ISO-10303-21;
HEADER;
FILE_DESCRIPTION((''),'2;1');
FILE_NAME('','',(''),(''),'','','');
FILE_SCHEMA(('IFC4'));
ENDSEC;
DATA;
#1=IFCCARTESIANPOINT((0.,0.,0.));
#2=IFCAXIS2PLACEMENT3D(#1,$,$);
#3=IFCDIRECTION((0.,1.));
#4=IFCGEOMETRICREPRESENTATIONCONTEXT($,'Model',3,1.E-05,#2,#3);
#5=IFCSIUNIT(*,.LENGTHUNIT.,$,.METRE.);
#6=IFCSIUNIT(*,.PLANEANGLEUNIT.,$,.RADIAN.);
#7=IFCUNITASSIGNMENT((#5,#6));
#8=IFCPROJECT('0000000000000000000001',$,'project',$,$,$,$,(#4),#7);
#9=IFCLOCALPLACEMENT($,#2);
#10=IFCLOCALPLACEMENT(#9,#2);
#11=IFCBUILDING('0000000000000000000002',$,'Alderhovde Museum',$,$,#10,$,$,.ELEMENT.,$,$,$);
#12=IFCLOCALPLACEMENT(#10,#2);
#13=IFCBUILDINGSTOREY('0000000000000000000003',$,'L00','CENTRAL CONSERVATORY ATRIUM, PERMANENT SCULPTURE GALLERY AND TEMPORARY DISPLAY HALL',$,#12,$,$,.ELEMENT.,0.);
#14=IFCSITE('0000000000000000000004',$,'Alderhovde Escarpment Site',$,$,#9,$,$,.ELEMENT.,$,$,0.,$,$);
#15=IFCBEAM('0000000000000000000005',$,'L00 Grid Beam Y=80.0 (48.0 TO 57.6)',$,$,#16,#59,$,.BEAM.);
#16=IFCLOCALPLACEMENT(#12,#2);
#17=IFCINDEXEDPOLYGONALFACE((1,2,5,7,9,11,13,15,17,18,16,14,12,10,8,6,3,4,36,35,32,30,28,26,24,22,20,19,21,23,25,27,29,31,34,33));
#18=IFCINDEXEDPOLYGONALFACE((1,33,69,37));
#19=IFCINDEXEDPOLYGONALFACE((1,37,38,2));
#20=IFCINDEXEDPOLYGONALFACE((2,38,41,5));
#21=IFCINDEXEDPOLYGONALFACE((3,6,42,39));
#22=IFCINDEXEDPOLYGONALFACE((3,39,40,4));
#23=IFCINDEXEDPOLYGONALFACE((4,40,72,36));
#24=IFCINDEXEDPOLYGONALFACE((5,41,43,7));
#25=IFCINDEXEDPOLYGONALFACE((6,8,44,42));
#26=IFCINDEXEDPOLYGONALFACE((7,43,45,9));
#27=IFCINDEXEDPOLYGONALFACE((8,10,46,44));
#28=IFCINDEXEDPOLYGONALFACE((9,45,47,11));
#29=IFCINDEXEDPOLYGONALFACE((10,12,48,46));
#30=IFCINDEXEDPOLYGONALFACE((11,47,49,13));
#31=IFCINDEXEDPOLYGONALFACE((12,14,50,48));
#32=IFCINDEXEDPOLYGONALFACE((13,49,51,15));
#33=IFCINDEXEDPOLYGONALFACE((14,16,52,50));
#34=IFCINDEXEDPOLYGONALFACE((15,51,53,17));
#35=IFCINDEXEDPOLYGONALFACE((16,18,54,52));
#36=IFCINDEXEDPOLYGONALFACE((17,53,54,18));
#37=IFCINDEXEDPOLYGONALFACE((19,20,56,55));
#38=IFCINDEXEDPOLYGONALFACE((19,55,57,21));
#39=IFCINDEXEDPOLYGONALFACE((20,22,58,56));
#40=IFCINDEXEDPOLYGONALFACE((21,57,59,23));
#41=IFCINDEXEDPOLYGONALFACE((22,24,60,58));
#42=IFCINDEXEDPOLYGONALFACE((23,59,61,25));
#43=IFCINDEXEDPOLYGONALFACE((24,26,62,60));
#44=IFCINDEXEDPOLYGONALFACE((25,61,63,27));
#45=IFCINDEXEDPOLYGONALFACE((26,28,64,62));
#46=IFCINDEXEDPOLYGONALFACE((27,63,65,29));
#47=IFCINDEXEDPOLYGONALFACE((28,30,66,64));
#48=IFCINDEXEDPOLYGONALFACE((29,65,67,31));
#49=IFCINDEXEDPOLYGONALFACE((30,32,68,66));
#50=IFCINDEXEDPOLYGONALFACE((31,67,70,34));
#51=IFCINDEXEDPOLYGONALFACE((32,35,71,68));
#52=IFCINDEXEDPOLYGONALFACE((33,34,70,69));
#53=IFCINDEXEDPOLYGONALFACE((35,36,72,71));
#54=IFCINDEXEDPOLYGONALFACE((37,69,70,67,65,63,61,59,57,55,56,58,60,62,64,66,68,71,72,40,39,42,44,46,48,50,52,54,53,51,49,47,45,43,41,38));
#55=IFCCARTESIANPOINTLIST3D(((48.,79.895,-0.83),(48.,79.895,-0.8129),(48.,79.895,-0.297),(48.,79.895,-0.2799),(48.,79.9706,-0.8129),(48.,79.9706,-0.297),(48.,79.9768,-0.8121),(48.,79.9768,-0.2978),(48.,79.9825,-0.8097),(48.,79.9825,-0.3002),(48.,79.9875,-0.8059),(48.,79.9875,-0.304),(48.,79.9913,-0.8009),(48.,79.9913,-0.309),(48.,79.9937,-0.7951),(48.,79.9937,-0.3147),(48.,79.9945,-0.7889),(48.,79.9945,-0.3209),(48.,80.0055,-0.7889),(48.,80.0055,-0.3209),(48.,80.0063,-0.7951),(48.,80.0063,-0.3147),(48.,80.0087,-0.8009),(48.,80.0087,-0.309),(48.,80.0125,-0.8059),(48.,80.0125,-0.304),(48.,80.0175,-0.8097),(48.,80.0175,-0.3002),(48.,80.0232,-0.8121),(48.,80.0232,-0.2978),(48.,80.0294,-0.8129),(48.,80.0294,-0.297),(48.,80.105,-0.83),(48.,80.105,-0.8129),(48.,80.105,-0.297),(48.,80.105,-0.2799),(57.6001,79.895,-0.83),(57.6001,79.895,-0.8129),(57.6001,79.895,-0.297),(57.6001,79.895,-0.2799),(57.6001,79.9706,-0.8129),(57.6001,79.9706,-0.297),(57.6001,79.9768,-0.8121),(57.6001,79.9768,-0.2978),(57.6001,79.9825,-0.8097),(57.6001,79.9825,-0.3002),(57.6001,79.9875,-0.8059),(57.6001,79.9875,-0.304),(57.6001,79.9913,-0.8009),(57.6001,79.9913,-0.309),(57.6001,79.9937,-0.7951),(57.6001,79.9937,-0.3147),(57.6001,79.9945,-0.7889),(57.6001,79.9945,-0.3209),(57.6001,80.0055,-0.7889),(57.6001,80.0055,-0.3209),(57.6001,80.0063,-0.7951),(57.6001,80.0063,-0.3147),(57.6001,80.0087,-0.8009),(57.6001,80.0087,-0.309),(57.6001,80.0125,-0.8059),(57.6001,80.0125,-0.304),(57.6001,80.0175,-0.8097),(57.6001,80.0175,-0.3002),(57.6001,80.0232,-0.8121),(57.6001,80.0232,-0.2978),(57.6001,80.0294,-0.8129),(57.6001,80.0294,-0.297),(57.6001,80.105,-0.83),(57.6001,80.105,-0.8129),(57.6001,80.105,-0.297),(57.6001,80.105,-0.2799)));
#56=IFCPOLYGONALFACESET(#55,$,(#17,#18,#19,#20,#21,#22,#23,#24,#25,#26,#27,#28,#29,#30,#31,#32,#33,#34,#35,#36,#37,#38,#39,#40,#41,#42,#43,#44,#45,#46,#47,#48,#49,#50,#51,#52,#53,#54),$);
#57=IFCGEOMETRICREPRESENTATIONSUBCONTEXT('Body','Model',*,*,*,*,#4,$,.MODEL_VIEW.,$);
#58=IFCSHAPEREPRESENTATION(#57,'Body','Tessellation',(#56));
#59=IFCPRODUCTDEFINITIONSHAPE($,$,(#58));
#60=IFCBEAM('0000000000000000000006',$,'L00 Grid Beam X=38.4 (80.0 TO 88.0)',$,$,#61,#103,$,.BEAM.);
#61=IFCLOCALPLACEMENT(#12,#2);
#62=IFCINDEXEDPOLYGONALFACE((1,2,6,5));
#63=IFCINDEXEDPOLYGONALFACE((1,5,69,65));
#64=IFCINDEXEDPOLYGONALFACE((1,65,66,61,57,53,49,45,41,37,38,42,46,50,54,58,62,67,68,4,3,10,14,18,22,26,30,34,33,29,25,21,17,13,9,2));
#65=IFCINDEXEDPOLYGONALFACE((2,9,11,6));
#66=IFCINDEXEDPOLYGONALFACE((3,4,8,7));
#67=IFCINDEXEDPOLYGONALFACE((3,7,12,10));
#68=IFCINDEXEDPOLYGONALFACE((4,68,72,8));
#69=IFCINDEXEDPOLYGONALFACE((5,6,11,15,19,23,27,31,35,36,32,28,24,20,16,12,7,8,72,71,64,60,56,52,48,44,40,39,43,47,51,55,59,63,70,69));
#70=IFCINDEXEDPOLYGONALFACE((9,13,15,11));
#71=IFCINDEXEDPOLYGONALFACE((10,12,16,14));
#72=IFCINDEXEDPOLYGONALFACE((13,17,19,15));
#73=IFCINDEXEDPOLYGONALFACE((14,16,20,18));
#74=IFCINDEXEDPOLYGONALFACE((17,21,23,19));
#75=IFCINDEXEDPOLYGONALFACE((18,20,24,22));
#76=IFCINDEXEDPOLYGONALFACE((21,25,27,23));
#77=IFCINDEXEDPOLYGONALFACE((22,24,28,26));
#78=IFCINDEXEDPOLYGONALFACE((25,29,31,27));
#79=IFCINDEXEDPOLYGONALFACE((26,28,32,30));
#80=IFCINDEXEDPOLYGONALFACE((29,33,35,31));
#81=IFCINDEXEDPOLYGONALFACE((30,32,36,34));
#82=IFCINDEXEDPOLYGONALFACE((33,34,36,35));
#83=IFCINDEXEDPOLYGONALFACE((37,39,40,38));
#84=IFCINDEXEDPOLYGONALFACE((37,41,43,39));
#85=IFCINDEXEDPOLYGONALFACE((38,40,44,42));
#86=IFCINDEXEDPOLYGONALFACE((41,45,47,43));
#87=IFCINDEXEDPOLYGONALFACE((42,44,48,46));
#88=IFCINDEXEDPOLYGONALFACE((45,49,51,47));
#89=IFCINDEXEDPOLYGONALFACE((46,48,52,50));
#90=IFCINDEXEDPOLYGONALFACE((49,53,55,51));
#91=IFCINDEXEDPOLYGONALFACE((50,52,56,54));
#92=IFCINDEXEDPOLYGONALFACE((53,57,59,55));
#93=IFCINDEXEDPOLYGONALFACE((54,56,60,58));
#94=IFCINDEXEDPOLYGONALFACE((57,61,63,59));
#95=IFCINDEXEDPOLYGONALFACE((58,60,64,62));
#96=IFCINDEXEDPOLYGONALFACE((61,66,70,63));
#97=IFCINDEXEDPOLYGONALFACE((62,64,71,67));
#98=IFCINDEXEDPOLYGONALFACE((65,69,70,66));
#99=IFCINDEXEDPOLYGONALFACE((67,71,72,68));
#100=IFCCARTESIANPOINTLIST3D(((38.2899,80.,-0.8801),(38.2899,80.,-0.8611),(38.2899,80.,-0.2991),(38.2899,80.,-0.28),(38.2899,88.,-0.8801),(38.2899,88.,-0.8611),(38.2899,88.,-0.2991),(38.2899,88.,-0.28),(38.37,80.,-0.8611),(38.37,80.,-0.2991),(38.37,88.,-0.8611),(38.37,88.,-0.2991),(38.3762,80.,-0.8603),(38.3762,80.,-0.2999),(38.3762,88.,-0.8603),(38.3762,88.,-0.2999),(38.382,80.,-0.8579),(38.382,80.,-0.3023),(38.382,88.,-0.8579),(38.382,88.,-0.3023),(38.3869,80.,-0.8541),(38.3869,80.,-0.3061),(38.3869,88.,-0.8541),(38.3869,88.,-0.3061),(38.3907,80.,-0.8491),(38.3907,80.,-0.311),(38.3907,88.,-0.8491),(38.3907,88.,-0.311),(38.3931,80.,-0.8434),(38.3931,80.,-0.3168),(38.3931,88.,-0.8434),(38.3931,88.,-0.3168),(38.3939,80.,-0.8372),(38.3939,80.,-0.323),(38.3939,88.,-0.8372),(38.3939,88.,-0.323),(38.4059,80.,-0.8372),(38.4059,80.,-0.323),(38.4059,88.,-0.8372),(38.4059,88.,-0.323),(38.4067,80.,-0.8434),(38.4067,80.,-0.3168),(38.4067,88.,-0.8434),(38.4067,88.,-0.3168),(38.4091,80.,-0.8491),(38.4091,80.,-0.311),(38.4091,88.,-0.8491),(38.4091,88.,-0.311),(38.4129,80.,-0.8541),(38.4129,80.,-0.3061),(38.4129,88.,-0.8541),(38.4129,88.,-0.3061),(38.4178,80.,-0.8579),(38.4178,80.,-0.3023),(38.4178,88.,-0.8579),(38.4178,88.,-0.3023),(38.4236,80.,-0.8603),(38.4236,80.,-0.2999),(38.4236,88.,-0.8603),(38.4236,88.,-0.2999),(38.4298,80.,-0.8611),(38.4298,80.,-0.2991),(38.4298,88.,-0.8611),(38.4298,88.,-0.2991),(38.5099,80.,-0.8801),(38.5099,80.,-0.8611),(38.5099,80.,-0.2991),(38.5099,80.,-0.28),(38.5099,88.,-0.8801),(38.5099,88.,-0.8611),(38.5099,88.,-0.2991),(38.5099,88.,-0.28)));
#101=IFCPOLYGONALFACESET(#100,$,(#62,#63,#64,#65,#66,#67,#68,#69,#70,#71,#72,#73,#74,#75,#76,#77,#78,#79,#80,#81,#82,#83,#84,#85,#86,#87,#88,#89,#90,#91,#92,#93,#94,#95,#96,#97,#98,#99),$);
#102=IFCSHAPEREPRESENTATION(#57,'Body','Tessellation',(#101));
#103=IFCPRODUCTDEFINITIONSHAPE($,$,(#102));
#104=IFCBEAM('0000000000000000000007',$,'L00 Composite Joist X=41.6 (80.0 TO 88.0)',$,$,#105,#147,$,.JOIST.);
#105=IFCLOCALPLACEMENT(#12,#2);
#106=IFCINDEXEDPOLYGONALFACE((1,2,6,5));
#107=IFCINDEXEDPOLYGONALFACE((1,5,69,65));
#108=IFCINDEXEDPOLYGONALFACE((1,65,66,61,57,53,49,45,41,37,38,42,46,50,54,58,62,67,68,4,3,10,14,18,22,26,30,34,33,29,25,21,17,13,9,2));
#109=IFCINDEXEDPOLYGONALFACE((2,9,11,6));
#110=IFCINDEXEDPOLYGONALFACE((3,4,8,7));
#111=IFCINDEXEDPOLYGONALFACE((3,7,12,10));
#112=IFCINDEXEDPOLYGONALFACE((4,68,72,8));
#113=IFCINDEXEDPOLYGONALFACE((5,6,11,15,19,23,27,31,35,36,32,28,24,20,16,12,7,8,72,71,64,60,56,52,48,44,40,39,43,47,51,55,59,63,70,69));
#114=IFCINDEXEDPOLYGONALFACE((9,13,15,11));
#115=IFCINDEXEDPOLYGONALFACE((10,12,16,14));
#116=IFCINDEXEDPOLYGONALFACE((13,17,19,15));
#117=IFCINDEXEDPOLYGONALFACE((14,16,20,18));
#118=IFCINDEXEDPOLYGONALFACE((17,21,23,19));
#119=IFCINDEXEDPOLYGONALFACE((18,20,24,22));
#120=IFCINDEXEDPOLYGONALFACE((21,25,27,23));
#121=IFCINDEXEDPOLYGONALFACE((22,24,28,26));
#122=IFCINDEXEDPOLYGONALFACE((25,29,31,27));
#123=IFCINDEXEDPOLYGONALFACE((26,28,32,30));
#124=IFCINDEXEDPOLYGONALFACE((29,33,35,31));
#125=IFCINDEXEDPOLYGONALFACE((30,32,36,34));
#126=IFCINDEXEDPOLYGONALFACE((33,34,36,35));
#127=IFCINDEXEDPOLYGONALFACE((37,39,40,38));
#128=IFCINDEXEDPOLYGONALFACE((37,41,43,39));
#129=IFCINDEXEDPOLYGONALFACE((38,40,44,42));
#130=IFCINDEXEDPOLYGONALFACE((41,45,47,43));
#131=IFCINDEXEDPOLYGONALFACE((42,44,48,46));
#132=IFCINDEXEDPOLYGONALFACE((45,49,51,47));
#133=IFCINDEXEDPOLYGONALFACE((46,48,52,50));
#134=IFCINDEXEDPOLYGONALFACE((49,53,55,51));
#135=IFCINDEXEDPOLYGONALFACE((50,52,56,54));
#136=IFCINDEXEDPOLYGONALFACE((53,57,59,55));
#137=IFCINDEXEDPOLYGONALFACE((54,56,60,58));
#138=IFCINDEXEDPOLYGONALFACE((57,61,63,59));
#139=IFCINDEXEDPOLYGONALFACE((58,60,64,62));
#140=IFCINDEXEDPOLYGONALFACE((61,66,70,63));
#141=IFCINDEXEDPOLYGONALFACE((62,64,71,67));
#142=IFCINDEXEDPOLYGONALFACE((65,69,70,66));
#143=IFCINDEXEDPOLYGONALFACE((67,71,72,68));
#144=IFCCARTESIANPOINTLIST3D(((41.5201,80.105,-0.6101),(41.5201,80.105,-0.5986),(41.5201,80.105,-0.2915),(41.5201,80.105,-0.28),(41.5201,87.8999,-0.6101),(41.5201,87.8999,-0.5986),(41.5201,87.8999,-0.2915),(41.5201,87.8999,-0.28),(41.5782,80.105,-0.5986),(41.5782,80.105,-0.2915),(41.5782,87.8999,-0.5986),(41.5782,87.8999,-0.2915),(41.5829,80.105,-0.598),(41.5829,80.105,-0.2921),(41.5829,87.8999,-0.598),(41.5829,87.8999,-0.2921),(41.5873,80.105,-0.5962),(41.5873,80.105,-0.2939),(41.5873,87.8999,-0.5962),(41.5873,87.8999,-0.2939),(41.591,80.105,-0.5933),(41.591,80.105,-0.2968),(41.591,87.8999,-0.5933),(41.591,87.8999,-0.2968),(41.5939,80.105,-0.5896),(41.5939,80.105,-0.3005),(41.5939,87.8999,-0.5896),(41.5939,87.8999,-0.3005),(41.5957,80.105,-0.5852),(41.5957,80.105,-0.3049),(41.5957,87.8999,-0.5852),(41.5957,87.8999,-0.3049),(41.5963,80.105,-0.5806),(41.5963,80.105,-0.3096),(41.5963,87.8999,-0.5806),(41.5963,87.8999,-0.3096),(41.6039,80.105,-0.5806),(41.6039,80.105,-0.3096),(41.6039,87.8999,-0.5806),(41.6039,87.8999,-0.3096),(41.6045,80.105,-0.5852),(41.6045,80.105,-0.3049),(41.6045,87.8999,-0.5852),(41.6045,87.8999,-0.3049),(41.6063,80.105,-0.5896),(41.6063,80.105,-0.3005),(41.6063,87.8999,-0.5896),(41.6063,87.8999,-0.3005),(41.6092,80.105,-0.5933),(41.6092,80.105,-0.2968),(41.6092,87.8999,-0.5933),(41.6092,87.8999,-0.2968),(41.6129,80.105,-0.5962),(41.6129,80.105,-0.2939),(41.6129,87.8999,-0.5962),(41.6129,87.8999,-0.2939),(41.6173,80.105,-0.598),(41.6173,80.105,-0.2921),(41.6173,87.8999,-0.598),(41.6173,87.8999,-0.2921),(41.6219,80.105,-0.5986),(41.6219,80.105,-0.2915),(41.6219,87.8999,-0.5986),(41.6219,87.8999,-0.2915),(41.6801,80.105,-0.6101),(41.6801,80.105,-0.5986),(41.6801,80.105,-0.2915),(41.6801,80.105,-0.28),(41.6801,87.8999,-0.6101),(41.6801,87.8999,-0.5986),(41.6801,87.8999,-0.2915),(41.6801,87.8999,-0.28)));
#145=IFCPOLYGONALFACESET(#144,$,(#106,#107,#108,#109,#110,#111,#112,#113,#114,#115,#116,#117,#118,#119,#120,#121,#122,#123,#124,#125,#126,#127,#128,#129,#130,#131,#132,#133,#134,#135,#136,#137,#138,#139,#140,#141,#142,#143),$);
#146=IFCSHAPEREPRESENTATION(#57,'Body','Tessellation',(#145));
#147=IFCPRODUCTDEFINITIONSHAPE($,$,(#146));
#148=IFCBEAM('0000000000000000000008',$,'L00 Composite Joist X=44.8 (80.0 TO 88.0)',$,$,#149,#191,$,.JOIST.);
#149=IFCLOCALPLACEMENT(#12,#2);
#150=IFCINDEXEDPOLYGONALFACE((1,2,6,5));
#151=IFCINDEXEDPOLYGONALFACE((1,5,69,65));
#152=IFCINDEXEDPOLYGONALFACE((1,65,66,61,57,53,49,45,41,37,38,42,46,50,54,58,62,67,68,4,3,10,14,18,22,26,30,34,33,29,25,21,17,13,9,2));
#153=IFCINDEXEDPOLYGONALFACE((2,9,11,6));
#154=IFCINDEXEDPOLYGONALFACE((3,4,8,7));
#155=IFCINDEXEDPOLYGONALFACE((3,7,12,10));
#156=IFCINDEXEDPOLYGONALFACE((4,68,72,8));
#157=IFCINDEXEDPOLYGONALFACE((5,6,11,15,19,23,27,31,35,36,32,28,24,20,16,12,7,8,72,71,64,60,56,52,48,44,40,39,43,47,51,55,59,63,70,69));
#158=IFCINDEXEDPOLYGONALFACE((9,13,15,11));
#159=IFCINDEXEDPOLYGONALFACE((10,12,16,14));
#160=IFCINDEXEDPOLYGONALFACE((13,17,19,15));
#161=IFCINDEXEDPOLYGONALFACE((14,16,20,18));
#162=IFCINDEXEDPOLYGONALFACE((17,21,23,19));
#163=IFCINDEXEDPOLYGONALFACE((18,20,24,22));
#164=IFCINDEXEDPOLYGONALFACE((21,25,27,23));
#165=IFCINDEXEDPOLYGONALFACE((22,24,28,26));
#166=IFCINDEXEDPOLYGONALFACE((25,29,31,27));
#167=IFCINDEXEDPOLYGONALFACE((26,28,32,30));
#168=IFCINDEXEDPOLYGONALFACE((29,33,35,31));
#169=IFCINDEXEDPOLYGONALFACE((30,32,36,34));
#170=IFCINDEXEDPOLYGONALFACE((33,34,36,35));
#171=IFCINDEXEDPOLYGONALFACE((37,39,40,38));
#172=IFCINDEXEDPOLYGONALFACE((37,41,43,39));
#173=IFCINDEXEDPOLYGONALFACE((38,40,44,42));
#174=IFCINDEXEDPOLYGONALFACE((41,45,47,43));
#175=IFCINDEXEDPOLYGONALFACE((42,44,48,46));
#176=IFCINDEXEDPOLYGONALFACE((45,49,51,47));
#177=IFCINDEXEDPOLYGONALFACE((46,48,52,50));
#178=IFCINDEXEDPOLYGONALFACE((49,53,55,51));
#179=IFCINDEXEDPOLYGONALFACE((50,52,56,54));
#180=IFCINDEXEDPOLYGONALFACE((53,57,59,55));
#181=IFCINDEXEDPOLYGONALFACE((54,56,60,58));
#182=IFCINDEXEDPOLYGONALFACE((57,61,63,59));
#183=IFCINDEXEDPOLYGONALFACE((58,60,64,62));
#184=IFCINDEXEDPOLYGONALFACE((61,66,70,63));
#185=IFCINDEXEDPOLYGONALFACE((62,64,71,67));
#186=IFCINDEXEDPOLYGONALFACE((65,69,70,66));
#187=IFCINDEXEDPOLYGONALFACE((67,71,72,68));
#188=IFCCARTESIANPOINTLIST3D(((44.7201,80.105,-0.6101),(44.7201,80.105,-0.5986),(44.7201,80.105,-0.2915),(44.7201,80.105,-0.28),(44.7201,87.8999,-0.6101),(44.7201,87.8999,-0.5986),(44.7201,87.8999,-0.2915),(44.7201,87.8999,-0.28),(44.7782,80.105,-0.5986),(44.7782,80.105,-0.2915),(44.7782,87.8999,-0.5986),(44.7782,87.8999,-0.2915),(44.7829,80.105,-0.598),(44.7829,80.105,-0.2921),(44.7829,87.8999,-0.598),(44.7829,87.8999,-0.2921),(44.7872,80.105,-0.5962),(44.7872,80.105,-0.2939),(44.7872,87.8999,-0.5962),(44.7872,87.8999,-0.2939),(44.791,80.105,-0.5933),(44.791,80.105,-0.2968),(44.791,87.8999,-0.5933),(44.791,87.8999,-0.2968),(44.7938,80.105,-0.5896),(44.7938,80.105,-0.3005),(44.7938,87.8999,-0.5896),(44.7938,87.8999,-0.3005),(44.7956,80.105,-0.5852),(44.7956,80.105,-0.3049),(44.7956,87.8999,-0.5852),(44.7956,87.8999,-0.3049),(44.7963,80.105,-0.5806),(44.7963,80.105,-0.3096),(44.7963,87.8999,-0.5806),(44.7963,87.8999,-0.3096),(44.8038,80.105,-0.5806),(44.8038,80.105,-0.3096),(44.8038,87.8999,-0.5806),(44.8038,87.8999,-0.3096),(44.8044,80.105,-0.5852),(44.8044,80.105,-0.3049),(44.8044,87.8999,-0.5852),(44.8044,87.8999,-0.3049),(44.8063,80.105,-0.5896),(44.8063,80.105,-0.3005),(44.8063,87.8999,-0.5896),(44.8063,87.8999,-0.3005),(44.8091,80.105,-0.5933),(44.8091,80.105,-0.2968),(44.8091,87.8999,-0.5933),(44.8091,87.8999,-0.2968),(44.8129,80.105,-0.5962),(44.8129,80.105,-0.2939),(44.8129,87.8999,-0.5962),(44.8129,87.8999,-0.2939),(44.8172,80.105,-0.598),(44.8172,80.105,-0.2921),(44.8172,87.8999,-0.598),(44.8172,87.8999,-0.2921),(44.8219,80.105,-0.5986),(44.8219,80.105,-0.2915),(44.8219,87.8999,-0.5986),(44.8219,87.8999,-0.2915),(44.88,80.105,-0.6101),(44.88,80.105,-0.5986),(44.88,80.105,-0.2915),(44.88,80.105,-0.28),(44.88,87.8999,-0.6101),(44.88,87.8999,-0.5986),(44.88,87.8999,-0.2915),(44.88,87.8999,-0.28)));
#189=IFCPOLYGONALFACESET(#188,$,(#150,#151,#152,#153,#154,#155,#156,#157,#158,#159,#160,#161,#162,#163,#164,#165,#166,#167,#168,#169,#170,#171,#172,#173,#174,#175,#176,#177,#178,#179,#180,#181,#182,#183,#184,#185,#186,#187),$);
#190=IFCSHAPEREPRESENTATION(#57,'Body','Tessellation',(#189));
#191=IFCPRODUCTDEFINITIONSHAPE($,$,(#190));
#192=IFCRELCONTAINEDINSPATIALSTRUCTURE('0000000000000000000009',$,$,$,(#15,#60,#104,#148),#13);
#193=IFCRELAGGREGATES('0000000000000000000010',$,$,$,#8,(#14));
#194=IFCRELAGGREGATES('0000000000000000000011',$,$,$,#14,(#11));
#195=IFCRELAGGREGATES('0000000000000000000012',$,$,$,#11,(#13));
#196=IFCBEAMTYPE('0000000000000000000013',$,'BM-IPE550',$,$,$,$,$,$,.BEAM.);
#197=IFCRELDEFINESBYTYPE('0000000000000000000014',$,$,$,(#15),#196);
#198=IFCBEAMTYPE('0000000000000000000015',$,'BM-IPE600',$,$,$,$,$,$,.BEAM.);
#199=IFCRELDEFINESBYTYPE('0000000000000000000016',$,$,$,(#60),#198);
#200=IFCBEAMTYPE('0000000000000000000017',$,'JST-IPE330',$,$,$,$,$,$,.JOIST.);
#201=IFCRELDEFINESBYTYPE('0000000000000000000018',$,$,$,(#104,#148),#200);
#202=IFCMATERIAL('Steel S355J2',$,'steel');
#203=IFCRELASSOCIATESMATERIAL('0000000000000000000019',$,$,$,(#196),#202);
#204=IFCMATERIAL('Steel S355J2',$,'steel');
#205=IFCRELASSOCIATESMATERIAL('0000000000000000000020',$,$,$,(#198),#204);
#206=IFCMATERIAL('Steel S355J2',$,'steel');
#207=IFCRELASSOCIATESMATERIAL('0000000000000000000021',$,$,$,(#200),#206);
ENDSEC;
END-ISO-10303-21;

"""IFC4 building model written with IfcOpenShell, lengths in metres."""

from ifc_helpers import new_model, si_unit, direction, frame, origin, origin_2d, place, context, subcontext, project, spatial, i_section, extrude, material, material_profile, profile_set, type_object, element, save


model = new_model("IFC4")

# Units and contexts
model_context = context("Model", 3, precision=1e-05, world=origin(), true_north=direction((0.0, 1.0)))
body_context = subcontext(model_context, "Body", "Model", "MODEL_VIEW")
ifc_project = project(units=[si_unit("LENGTHUNIT", "METRE"), si_unit("PLANEANGLEUNIT", "RADIAN")], contexts=[model_context])

# Site, building, storey
site_placement = place(None, origin())
site = spatial("IfcSite", under=ifc_project, at=site_placement, Name="Alderhovde Escarpment Site", CompositionType="ELEMENT", RefElevation=0.0)
building_placement = place(site_placement, origin())
building = spatial("IfcBuilding", under=site, at=building_placement, Name="Alderhovde Museum", CompositionType="ELEMENT")
storey_placement = place(building_placement, origin())
storey = spatial("IfcBuildingStorey", under=building, at=storey_placement, Name="L00", Description="CENTRAL CONSERVATORY ATRIUM, PERMANENT SCULPTURE GALLERY AND TEMPORARY DISPLAY HALL", CompositionType="ELEMENT", Elevation=0.0)

# Beams
ifc_material_1 = material(Name="Steel S355J2", Category="steel")
ifc_material_profile_1 = material_profile(ifc_material_1, i_section(OverallWidth=0.21, OverallDepth=0.55, WebThickness=0.011, FlangeThickness=0.0171, FilletRadius=0.0239, at=origin_2d()), Name="IPE 550")
ifc_profile_set_1 = profile_set([ifc_material_profile_1], Name="Steel S355J2")
beam_type_1 = type_object("IfcBeamType", Name="BM-IPE550", PredefinedType="BEAM", material=ifc_profile_set_1)
for number, where, z_axis, x_axis, name in (
    (1, (48.0, 80.0, -0.5549), (1.0, 0.0, 0.0), (0.0, 1.0, 0.0), "L00 Grid Beam Y=80.0 (48.0 TO 57.6)"),
):
    element("IfcBeam", number, at=place(storey_placement, frame(where, z_axis=z_axis, x_axis=x_axis)), inside=storey, type_object=beam_type_1, Name=name, PredefinedType="BEAM", context=body_context, shape_type="SweptSolid", body=[
        extrude(i_section(OverallWidth=0.21, OverallDepth=0.55, WebThickness=0.011, FlangeThickness=0.0171, FilletRadius=0.0239, at=origin_2d()), origin(), (0.0, 0.0, 1.0), 9.6001),
    ])
ifc_material_2 = material(Name="Steel S355J2", Category="steel")
ifc_material_profile_2 = material_profile(ifc_material_2, i_section(OverallWidth=0.22, OverallDepth=0.6001, WebThickness=0.012, FlangeThickness=0.019, FilletRadius=0.0239, at=origin_2d()), Name="IPE 600")
ifc_profile_set_2 = profile_set([ifc_material_profile_2], Name="Steel S355J2")
beam_type_2 = type_object("IfcBeamType", Name="BM-IPE600", PredefinedType="BEAM", material=ifc_profile_set_2)
beam_1_placement = place(storey_placement, frame((38.3999, 80.0, -0.5801), z_axis=(0.0, 1.0, 0.0), x_axis=(-1.0, 0.0, 0.0)))
element("IfcBeam", 2, at=beam_1_placement, inside=storey, type_object=beam_type_2, Name="L00 Grid Beam X=38.4 (80.0 TO 88.0)", PredefinedType="BEAM", context=body_context, shape_type="SweptSolid", body=[
    extrude(i_section(OverallWidth=0.22, OverallDepth=0.6001, WebThickness=0.012, FlangeThickness=0.019, FilletRadius=0.0239, at=origin_2d()), origin(), (0.0, 0.0, 1.0), 8.0),
])
ifc_material_3 = material(Name="Steel S355J2", Category="steel")
ifc_material_profile_3 = material_profile(ifc_material_3, i_section(OverallWidth=0.1599, OverallDepth=0.3301, WebThickness=0.0076, FlangeThickness=0.0115, FilletRadius=0.0181, at=origin_2d()), Name="IPE 330")
ifc_profile_set_3 = profile_set([ifc_material_profile_3], Name="Steel S355J2")
beam_type_3 = type_object("IfcBeamType", Name="JST-IPE330", PredefinedType="JOIST", material=ifc_profile_set_3)
for number, where, z_axis, x_axis, name in (
    (3, (41.6001, 80.105, -0.4451), (0.0, 1.0, 0.0), (-1.0, 0.0, 0.0), "L00 Composite Joist X=41.6 (80.0 TO 88.0)"),
    (4, (44.8, 80.105, -0.4451), (0.0, 1.0, 0.0), (-1.0, 0.0, 0.0), "L00 Composite Joist X=44.8 (80.0 TO 88.0)"),
):
    element("IfcBeam", number, at=place(storey_placement, frame(where, z_axis=z_axis, x_axis=x_axis)), inside=storey, type_object=beam_type_3, Name=name, PredefinedType="JOIST", context=body_context, shape_type="SweptSolid", body=[
        extrude(i_section(OverallWidth=0.1599, OverallDepth=0.3301, WebThickness=0.0076, FlangeThickness=0.0115, FilletRadius=0.0181, at=origin_2d()), origin(), (0.0, 0.0, 1.0), 7.7949),
    ])

save(model, "model.ifc")
